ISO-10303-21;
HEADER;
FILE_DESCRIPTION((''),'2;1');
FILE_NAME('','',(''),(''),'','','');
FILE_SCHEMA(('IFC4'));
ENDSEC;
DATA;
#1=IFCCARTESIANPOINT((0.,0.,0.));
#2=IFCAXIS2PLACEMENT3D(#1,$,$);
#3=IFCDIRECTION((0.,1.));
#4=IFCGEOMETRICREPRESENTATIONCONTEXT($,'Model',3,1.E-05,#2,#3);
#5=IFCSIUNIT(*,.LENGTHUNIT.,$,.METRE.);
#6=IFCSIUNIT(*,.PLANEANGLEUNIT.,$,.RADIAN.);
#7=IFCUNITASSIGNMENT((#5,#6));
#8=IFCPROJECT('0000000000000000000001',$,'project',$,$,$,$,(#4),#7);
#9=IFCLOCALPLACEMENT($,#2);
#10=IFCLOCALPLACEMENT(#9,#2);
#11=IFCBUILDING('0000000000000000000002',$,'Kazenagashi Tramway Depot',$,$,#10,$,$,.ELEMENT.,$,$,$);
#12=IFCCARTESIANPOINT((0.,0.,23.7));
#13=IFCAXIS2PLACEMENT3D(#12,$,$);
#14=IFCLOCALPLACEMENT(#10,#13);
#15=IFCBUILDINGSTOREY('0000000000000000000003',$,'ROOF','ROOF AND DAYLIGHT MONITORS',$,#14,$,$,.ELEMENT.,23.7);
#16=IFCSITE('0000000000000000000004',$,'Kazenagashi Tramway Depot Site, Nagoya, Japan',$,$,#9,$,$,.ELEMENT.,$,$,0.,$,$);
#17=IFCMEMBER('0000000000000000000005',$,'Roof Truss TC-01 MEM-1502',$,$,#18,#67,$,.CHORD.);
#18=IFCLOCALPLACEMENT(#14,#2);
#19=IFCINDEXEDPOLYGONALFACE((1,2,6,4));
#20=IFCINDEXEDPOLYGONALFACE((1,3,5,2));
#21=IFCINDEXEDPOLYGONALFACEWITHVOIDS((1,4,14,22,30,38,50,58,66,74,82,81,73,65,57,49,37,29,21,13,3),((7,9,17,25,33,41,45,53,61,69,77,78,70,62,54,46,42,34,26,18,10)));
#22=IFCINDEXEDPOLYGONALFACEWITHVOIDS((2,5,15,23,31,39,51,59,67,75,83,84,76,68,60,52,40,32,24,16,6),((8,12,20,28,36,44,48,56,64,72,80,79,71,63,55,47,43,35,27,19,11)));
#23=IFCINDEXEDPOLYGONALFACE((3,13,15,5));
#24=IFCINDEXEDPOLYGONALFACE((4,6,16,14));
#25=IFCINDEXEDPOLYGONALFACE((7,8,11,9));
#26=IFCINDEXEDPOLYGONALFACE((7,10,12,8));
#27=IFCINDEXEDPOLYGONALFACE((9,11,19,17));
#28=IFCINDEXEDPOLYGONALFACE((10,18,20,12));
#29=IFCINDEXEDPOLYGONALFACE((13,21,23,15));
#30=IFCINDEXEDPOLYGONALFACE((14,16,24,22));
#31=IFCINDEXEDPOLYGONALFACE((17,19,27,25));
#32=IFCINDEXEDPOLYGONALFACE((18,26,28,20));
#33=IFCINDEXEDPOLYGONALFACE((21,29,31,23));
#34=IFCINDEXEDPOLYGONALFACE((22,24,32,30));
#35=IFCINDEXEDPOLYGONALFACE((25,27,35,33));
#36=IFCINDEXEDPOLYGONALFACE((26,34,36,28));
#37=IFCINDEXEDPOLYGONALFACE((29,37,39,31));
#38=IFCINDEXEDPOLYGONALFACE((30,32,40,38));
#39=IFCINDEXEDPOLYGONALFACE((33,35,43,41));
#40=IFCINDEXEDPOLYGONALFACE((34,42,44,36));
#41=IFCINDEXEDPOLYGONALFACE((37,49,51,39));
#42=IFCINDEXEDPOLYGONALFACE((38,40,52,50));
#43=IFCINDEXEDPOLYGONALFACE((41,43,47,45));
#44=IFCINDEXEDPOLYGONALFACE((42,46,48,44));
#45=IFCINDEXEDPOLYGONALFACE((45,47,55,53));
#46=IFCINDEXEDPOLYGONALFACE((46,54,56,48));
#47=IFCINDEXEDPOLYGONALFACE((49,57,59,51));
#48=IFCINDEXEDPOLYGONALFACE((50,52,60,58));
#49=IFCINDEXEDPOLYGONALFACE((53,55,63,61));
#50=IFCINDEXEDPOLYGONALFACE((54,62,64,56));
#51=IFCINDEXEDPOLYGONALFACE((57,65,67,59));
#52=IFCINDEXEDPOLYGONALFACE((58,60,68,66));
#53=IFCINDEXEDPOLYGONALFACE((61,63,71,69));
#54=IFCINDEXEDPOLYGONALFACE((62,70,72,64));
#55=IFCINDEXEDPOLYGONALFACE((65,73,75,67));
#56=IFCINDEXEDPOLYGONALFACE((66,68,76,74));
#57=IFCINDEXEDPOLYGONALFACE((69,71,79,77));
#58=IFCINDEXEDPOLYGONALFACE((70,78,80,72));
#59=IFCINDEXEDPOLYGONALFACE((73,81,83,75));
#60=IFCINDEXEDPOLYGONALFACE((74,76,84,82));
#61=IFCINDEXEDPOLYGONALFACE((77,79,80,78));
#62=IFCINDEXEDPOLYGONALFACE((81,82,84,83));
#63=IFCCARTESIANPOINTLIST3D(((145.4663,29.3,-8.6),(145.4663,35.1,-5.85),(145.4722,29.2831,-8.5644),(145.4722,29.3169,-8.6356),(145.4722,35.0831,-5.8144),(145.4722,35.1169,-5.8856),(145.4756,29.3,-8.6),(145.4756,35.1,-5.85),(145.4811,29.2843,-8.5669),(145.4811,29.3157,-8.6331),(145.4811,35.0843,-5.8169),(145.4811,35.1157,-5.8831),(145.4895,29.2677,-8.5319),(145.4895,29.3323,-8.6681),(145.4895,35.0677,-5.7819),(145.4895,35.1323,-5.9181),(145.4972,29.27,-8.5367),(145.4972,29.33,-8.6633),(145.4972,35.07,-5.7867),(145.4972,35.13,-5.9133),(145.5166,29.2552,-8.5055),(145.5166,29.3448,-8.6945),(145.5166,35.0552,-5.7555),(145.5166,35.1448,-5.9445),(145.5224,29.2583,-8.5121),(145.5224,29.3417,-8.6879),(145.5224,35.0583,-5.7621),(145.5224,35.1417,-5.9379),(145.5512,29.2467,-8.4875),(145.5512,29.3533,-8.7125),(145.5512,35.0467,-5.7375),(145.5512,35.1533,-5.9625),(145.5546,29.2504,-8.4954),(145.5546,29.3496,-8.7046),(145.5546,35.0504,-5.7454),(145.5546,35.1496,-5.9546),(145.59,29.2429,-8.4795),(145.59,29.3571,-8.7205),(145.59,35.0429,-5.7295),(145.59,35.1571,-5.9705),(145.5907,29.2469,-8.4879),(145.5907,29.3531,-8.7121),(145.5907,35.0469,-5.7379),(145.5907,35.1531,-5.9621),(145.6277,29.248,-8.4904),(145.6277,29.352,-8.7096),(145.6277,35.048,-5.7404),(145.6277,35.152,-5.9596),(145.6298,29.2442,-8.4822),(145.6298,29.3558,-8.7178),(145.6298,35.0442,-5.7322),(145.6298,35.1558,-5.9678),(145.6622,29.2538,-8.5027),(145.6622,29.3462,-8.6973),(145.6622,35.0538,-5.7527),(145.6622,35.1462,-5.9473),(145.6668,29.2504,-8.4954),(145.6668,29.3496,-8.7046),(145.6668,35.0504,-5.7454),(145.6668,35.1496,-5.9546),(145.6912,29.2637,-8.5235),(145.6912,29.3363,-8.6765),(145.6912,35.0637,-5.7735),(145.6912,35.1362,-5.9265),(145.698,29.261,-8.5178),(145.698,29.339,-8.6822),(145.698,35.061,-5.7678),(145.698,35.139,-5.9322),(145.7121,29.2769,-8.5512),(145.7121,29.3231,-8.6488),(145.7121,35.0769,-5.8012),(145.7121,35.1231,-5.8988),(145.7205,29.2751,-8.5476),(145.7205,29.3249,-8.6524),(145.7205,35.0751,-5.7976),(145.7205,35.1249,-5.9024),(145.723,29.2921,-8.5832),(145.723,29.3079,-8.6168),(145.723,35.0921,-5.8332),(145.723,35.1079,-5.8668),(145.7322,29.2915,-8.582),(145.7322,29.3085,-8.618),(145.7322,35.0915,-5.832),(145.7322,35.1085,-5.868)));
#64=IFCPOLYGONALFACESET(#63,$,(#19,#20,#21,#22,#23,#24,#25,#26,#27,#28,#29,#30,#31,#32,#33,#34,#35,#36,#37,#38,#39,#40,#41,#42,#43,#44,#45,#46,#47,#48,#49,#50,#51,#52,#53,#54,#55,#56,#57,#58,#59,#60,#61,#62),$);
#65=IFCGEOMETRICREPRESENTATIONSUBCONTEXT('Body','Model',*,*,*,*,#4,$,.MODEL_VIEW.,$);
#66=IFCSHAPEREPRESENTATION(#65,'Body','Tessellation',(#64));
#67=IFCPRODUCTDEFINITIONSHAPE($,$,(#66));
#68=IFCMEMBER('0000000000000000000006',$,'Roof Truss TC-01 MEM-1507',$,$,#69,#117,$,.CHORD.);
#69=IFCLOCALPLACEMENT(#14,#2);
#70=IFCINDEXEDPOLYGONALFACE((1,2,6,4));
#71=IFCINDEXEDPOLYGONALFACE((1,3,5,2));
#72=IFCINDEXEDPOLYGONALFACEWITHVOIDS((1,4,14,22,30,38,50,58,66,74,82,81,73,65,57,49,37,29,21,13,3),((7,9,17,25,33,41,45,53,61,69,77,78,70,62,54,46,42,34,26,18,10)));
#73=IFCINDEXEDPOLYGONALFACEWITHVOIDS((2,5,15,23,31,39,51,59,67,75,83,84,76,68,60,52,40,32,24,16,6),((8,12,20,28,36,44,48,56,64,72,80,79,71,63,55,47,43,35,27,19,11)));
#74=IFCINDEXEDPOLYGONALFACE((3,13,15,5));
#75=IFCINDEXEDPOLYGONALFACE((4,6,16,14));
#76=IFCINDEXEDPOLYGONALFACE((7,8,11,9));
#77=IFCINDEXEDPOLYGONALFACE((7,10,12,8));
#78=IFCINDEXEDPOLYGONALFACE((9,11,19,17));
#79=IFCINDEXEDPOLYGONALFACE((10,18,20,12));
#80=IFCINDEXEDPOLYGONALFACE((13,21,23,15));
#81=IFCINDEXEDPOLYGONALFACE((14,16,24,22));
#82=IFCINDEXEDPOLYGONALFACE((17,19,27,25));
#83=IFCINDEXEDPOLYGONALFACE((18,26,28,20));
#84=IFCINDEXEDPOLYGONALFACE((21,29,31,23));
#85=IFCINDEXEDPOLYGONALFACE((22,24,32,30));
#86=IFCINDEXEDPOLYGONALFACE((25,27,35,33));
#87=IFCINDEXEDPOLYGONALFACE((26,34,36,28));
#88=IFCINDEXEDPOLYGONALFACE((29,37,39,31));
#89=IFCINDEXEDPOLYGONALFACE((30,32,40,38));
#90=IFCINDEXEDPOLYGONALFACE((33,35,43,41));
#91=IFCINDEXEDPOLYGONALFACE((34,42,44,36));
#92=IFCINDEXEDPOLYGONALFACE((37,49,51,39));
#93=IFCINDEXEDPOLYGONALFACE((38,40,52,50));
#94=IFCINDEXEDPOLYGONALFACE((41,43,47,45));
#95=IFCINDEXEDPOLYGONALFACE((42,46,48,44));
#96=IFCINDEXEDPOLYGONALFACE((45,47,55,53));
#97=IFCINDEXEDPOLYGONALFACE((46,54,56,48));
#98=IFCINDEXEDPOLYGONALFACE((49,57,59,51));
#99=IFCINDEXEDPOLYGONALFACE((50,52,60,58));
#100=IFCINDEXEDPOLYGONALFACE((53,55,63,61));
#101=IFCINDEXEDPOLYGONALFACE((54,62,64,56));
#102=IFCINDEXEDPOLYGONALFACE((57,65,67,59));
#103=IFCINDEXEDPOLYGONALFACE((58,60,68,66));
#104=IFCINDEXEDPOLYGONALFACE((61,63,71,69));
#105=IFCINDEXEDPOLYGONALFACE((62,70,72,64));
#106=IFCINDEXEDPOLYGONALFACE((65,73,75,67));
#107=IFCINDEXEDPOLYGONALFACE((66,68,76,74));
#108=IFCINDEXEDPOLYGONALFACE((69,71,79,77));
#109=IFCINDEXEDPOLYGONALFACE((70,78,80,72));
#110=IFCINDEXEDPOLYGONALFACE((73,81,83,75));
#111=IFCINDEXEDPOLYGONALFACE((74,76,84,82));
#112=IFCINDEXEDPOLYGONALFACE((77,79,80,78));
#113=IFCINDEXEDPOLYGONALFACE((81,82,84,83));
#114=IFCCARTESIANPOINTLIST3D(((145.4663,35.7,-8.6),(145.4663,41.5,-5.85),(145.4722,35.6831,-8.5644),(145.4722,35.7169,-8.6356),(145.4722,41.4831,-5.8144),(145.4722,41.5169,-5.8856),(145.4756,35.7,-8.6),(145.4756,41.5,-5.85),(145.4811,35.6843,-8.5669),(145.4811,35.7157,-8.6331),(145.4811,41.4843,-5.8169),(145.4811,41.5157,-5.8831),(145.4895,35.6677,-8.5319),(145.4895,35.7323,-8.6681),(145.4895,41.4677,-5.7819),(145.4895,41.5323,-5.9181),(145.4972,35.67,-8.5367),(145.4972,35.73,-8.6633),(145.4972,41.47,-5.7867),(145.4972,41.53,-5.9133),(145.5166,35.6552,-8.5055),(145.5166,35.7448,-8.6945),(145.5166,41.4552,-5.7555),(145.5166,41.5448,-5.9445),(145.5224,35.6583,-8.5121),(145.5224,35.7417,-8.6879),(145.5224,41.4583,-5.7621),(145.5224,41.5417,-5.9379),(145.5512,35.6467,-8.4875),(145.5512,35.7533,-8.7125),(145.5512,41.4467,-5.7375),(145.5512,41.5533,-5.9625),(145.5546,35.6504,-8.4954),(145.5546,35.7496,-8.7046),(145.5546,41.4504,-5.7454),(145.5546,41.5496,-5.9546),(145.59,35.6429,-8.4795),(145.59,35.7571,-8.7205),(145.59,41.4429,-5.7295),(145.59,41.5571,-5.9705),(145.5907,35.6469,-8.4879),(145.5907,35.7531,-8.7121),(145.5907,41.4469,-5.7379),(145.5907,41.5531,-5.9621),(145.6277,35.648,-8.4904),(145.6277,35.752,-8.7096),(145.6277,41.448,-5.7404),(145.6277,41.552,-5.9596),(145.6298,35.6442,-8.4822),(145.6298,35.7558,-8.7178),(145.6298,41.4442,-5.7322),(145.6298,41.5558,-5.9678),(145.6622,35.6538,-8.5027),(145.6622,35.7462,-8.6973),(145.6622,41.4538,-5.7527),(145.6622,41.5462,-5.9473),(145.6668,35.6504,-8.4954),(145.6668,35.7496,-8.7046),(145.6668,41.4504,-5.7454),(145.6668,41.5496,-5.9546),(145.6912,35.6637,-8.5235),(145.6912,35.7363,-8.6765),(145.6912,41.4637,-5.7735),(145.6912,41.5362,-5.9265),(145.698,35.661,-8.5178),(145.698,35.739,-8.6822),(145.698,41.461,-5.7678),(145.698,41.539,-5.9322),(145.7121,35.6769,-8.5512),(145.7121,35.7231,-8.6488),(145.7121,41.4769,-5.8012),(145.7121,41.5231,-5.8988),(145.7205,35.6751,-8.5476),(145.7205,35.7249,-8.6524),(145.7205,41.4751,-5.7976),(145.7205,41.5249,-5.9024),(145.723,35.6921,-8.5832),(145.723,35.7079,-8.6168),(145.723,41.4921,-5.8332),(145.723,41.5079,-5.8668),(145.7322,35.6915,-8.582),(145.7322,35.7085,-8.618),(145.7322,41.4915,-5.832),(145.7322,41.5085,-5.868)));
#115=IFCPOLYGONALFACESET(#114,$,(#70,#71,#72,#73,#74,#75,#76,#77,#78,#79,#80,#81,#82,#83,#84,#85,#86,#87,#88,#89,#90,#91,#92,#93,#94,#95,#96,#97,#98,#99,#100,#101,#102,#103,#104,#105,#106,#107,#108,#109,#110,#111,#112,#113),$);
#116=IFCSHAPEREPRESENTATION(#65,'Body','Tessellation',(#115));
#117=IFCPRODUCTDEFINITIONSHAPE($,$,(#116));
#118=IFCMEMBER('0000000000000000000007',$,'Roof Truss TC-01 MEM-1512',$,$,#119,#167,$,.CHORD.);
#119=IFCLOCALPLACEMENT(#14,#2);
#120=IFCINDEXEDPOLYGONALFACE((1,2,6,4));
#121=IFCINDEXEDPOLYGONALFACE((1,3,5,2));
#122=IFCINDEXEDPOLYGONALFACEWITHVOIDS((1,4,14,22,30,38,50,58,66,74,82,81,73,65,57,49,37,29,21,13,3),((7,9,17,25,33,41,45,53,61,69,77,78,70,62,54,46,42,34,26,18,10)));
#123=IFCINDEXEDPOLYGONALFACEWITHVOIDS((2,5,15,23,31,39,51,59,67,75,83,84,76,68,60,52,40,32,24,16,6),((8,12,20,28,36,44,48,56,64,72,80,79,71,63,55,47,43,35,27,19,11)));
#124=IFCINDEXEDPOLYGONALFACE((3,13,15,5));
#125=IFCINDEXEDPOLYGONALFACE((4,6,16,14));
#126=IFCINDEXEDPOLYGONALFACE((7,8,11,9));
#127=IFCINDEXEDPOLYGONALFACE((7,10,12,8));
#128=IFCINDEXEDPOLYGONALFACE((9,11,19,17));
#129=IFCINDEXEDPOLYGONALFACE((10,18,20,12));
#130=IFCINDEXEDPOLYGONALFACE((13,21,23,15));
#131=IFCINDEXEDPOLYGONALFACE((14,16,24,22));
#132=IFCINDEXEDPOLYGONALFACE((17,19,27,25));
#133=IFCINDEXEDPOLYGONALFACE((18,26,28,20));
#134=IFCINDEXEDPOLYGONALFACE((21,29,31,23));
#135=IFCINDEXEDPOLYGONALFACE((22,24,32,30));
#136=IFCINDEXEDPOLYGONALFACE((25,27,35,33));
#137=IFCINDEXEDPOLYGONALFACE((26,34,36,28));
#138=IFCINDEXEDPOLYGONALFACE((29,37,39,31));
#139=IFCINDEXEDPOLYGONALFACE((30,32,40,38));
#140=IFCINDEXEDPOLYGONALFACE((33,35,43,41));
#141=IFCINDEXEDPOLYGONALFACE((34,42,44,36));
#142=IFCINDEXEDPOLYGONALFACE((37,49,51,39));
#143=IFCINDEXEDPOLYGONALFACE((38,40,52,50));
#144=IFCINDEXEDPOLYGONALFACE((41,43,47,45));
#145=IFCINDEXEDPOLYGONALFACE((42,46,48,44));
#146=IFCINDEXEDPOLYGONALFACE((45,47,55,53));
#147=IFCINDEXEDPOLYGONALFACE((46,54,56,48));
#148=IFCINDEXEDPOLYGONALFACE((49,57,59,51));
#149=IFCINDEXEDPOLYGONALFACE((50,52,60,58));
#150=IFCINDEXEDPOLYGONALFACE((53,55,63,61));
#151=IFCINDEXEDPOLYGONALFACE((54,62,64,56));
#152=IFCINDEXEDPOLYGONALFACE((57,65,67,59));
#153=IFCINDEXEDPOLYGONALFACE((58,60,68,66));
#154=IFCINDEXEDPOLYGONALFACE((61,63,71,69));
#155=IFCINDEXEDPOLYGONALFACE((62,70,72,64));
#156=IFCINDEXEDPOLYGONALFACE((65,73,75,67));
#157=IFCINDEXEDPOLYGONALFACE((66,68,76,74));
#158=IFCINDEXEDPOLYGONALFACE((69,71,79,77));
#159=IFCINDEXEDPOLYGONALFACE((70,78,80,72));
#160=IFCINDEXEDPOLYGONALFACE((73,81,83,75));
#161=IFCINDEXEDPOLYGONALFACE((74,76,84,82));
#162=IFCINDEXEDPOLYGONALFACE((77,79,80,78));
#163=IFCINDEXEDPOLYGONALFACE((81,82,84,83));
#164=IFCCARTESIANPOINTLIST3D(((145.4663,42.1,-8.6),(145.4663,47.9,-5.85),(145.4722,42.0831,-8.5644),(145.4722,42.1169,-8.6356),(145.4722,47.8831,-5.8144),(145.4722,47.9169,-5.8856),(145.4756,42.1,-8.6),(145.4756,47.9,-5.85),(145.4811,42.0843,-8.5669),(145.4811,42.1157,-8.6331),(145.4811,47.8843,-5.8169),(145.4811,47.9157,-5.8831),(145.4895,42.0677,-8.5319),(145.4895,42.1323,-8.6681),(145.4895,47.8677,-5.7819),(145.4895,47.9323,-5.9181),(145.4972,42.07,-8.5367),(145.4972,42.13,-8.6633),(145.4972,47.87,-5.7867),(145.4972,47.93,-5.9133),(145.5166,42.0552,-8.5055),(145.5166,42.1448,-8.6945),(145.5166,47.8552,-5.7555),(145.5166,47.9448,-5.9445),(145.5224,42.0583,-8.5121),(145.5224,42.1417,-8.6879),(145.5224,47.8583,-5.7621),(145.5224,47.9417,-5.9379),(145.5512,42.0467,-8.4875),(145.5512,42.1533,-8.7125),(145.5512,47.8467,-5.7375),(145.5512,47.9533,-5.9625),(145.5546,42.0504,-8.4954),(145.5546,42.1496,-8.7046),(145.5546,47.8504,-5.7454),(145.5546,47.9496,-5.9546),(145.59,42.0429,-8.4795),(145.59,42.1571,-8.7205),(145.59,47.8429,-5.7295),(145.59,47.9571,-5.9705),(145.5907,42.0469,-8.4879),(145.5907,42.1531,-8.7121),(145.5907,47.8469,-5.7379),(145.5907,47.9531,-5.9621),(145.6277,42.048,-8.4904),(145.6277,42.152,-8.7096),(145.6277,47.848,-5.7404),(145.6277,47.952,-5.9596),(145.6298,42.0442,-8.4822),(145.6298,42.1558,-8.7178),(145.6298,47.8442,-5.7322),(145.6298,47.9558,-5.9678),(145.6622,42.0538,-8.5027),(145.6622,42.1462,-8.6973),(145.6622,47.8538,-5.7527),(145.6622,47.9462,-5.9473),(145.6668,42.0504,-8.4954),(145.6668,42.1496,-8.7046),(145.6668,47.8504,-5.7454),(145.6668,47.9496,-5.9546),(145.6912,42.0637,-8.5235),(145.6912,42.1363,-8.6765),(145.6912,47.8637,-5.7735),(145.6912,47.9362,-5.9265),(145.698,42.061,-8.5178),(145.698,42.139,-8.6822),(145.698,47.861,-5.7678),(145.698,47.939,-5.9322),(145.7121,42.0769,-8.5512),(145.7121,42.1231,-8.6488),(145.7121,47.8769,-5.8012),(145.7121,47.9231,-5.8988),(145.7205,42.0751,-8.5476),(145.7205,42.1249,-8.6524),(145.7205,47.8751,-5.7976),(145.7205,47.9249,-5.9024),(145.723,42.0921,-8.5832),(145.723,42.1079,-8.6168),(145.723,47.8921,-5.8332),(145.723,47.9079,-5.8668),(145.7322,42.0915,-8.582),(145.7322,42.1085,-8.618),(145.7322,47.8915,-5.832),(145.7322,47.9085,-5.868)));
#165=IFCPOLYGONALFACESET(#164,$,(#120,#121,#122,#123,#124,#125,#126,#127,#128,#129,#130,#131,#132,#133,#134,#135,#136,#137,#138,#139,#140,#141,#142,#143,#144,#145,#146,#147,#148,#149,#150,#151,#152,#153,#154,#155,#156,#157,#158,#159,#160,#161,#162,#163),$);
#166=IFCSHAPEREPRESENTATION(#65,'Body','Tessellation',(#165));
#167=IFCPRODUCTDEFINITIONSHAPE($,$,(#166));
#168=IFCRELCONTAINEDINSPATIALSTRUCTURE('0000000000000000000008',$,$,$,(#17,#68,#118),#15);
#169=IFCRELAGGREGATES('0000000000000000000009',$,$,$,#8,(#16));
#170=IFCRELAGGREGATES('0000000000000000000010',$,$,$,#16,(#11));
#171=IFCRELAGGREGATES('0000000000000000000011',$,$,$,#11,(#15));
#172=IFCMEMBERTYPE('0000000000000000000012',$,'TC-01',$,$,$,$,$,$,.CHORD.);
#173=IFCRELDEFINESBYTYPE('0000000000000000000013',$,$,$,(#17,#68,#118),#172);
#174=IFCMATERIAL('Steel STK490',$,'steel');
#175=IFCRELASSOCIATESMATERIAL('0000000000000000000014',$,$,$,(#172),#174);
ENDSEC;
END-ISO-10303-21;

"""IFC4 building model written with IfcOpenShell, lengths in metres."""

from ifc_helpers import new_model, si_unit, direction, frame, origin, origin_2d, place, context, subcontext, project, spatial, hollow_circle, extrude, material, material_profile, profile_set, type_object, element, save


model = new_model("IFC4")

# Units and contexts
model_context = context("Model", 3, precision=1e-05, world=origin(), true_north=direction((0.0, 1.0)))
body_context = subcontext(model_context, "Body", "Model", "MODEL_VIEW")
ifc_project = project(units=[si_unit("LENGTHUNIT", "METRE"), si_unit("PLANEANGLEUNIT", "RADIAN")], contexts=[model_context])

# Site, building, storey
site_placement = place(None, origin())
site = spatial("IfcSite", under=ifc_project, at=site_placement, Name="Kazenagashi Tramway Depot Site, Nagoya, Japan", CompositionType="ELEMENT", RefElevation=0.0)
building_placement = place(site_placement, origin())
building = spatial("IfcBuilding", under=site, at=building_placement, Name="Kazenagashi Tramway Depot", CompositionType="ELEMENT")
storey_placement = place(building_placement, frame((0.0, 0.0, 23.7)))
storey = spatial("IfcBuildingStorey", under=building, at=storey_placement, Name="ROOF", Description="ROOF AND DAYLIGHT MONITORS", CompositionType="ELEMENT", Elevation=23.7)

# Members
ifc_material_1 = material(Name="Steel STK490", Category="steel")
ifc_material_profile_1 = material_profile(ifc_material_1, hollow_circle(Radius=0.1337, WallThickness=0.0093, at=origin_2d()), Name="CHS-267.4x9.3")
ifc_profile_set_1 = profile_set([ifc_material_profile_1], Name="Steel STK490")
member_type_1 = type_object("IfcMemberType", Name="TC-01", PredefinedType="CHORD", material=ifc_profile_set_1)
for number, where, z_axis, x_axis, name in (
    (1, (145.6, 29.3, -8.6), (0.0, 0.903579, 0.428421), (-1.0, 0.0, 0.0), "Roof Truss TC-01 MEM-1502"),
    (2, (145.6, 35.7, -8.6), (0.0, 0.903579, 0.428421), (-1.0, 0.0, 0.0), "Roof Truss TC-01 MEM-1507"),
    (3, (145.6, 42.1, -8.6), (0.0, 0.903579, 0.428421), (-1.0, 0.0, 0.0), "Roof Truss TC-01 MEM-1512"),
):
    element("IfcMember", number, at=place(storey_placement, frame(where, z_axis=z_axis, x_axis=x_axis)), inside=storey, type_object=member_type_1, Name=name, PredefinedType="CHORD", context=body_context, shape_type="SweptSolid", body=[
        extrude(hollow_circle(Radius=0.1337, WallThickness=0.0093, at=origin_2d()), origin(), (0.0, 0.0, 1.0), 6.4189),
    ])

save(model, "model.ifc")
